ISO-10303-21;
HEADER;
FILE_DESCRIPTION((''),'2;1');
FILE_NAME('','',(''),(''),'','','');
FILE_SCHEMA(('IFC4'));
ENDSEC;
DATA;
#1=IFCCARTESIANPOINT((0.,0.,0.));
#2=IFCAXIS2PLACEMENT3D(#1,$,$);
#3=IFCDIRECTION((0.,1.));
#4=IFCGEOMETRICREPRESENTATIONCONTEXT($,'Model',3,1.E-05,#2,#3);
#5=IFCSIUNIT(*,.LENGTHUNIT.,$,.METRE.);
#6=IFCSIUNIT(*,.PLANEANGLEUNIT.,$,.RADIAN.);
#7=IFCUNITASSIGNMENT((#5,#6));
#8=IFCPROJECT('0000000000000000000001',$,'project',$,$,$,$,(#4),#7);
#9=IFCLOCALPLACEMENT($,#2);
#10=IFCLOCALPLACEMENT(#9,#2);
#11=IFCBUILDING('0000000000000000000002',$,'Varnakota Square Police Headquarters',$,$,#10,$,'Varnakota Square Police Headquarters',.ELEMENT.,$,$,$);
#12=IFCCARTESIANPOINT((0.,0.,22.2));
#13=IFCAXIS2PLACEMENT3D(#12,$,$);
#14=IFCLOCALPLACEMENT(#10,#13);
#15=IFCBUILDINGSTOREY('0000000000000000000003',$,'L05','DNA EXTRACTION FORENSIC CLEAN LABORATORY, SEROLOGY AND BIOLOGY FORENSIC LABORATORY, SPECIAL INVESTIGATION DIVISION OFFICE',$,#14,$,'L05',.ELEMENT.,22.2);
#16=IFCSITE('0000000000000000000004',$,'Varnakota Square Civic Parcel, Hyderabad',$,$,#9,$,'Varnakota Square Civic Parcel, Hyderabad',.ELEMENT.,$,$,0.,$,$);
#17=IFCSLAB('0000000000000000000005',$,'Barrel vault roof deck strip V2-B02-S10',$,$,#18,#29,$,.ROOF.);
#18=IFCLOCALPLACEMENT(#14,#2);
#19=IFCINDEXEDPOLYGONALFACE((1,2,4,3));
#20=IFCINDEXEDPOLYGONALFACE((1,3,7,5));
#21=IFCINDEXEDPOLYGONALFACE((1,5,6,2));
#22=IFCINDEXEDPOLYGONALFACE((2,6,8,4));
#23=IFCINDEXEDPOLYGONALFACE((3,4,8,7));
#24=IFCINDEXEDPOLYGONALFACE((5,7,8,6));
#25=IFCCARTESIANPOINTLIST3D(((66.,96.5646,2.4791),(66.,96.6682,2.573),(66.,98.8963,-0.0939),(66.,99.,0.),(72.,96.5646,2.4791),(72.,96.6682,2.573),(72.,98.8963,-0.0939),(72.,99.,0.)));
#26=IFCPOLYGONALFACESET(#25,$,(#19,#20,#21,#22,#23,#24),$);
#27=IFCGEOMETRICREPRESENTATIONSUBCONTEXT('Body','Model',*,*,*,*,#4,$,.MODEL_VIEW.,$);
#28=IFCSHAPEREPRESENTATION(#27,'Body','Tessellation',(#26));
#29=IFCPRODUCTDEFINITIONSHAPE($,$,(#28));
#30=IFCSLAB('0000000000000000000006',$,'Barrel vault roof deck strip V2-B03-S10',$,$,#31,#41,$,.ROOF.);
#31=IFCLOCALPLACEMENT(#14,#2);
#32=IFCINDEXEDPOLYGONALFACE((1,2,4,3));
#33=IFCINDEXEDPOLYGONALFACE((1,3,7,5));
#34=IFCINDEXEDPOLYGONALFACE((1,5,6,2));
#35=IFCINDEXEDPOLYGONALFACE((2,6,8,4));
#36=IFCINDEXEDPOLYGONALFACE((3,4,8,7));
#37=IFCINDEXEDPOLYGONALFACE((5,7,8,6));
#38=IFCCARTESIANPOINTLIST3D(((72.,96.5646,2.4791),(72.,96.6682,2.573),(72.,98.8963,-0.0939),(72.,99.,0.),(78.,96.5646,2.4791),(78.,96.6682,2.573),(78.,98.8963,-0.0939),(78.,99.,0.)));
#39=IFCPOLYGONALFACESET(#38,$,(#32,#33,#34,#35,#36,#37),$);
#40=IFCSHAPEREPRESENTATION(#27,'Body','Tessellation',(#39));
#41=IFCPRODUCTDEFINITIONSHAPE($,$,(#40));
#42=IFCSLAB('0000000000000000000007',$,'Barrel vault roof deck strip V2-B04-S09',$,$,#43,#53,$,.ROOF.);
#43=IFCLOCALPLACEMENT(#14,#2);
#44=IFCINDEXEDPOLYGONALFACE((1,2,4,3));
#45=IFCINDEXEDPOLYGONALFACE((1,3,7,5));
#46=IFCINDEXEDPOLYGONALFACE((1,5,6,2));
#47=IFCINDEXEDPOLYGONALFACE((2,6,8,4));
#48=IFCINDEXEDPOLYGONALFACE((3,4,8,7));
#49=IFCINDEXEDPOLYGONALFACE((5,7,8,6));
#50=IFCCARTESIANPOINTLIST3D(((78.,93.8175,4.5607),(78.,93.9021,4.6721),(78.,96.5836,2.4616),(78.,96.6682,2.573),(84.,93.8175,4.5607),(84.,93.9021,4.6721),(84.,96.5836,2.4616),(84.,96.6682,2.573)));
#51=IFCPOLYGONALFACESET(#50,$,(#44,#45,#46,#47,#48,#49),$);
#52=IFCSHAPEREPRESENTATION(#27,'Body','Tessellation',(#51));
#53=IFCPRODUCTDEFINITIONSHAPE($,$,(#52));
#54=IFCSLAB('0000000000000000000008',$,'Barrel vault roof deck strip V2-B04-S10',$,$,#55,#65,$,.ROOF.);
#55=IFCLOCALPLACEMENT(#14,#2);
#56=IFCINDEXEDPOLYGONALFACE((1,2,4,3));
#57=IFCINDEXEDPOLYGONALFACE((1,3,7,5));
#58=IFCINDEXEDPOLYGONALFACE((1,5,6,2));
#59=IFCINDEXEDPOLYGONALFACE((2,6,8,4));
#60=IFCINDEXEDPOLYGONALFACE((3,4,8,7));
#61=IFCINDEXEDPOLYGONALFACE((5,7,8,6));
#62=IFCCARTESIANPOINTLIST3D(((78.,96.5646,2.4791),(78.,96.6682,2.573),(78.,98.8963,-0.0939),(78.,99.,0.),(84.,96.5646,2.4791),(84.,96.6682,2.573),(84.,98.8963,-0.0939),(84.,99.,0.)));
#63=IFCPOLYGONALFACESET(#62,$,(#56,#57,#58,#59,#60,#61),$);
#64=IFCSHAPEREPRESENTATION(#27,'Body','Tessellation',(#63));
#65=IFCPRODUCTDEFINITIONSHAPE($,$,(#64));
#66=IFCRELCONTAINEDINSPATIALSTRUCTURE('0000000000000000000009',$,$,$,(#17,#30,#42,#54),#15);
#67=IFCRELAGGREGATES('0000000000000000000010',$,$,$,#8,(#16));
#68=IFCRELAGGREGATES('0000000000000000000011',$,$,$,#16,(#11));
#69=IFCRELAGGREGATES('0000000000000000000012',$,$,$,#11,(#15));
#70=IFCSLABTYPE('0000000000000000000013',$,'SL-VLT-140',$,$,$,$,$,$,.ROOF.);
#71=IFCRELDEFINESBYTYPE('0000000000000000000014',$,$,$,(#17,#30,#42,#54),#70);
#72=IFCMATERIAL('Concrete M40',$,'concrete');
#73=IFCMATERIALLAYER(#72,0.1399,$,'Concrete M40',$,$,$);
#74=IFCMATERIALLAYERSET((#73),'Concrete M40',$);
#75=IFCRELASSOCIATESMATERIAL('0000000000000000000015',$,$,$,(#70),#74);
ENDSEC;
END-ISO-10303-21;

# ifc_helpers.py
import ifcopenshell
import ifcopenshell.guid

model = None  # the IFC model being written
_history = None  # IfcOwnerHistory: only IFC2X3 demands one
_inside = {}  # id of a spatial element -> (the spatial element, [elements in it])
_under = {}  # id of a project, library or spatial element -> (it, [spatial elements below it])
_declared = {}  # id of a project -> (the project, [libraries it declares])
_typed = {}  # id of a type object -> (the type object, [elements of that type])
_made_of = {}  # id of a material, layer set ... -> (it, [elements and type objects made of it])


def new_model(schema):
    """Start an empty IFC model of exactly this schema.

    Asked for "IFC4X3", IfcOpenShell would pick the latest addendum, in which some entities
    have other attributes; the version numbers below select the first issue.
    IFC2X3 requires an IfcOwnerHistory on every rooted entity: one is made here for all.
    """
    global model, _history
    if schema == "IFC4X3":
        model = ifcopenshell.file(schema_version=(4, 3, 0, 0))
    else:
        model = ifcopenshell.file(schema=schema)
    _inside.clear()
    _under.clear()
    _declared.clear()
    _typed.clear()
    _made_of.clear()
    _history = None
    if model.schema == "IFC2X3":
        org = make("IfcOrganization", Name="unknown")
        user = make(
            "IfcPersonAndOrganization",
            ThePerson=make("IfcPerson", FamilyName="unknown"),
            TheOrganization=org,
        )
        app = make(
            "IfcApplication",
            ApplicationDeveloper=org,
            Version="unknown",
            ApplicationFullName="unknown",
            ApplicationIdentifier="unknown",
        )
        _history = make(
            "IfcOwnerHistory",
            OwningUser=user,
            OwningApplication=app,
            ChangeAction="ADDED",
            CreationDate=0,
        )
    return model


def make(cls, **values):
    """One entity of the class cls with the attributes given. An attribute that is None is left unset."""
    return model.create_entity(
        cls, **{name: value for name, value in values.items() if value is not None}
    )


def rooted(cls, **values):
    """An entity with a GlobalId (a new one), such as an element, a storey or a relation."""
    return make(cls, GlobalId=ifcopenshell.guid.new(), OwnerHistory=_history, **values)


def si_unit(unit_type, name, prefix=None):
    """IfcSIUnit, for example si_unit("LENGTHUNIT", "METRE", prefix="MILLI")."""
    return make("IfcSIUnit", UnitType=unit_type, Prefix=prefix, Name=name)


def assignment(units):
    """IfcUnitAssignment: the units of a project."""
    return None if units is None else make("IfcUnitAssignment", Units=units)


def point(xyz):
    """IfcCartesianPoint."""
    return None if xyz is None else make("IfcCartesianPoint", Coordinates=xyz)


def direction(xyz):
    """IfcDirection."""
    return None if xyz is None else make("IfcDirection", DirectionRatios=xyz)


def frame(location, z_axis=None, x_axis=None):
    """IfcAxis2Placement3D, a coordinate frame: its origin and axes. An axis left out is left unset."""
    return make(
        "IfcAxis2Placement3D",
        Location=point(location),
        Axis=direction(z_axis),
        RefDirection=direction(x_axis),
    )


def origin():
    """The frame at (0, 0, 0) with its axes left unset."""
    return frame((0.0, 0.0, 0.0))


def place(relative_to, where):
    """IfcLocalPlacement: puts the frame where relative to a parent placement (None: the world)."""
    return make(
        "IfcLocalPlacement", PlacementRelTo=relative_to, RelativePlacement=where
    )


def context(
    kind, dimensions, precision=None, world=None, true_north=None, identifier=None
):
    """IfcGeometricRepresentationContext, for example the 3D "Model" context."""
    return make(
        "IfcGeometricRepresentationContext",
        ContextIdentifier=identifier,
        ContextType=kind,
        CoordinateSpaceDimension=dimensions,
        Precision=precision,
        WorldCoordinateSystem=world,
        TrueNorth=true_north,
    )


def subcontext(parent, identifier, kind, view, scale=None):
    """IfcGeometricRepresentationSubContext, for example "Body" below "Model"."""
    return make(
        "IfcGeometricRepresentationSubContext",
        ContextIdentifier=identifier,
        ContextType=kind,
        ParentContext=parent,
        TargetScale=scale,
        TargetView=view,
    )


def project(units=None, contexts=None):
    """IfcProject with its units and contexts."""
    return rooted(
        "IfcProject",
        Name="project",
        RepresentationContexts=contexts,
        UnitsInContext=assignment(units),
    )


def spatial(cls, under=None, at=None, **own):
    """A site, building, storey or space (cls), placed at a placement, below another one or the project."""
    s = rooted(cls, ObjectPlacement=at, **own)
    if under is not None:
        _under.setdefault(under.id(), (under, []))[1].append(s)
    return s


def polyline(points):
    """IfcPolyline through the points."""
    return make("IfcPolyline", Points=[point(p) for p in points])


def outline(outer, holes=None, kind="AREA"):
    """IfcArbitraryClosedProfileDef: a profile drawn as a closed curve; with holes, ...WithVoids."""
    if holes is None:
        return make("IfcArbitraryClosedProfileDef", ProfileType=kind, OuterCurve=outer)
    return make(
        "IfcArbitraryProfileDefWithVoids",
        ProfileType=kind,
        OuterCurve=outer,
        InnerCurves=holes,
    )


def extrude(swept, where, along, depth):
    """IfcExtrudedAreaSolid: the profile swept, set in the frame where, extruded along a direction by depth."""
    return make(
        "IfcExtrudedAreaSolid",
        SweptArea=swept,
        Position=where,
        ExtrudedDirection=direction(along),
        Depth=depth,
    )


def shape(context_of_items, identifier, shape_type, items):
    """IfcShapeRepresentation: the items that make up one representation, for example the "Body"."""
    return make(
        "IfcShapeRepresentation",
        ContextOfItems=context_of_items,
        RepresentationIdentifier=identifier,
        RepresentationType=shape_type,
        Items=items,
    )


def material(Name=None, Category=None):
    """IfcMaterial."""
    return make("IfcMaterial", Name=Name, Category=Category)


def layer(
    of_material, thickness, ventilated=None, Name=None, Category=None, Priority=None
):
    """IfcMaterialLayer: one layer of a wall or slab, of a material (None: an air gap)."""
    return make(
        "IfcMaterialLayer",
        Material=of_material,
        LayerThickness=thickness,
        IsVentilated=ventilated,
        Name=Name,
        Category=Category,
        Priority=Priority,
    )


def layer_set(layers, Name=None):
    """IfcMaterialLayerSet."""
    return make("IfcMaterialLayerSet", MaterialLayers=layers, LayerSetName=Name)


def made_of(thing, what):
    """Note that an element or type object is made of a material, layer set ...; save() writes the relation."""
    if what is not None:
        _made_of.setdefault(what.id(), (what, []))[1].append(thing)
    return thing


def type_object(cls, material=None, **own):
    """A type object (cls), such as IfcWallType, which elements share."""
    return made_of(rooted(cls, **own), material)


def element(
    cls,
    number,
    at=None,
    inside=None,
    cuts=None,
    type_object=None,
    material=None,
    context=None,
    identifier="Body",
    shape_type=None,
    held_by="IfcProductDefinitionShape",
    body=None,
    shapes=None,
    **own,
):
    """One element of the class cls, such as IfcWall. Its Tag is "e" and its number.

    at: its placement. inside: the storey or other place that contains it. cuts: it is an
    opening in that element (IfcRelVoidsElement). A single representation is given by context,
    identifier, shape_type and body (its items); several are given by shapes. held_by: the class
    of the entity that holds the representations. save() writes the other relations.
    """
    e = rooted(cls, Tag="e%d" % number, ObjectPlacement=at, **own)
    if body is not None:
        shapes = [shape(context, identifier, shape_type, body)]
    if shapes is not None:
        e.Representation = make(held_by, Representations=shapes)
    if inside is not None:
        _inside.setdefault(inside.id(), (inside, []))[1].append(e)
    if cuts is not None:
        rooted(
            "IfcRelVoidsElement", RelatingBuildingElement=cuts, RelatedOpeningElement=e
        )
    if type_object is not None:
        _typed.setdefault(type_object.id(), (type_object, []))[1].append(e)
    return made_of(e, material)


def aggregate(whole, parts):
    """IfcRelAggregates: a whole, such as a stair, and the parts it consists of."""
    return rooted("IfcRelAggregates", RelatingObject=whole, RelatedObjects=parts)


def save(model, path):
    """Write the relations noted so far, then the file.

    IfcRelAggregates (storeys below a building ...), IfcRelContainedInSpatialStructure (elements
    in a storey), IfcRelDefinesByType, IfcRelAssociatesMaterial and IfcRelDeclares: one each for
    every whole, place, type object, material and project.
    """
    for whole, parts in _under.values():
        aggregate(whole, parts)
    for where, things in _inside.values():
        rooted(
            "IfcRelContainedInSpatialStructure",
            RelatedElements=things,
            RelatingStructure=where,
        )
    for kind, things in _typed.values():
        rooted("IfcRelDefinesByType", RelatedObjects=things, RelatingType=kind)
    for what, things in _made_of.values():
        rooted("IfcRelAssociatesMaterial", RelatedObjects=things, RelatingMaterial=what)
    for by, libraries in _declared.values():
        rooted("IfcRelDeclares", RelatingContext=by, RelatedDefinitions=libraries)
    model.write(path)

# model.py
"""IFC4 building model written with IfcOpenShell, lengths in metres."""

from ifc_helpers import new_model, si_unit, direction, frame, origin, place, context, subcontext, project, spatial, polyline, outline, extrude, material, layer, layer_set, type_object, element, save


model = new_model("IFC4")

# Units and contexts
model_context = context("Model", 3, precision=1e-05, world=origin(), true_north=direction((0.0, 1.0)))
body_context = subcontext(model_context, "Body", "Model", "MODEL_VIEW")
ifc_project = project(units=[si_unit("LENGTHUNIT", "METRE"), si_unit("PLANEANGLEUNIT", "RADIAN")], contexts=[model_context])

# Site, building, storey
site_placement = place(None, origin())
site = spatial("IfcSite", under=ifc_project, at=site_placement, Name="Varnakota Square Civic Parcel, Hyderabad", LongName="Varnakota Square Civic Parcel, Hyderabad", CompositionType="ELEMENT", RefElevation=0.0)
building_placement = place(site_placement, origin())
building = spatial("IfcBuilding", under=site, at=building_placement, Name="Varnakota Square Police Headquarters", LongName="Varnakota Square Police Headquarters", CompositionType="ELEMENT")
storey_placement = place(building_placement, frame((0.0, 0.0, 22.2)))
storey = spatial("IfcBuildingStorey", under=building, at=storey_placement, Name="L05", Description="DNA EXTRACTION FORENSIC CLEAN LABORATORY, SEROLOGY AND BIOLOGY FORENSIC LABORATORY, SPECIAL INVESTIGATION DIVISION OFFICE", LongName="L05", CompositionType="ELEMENT", Elevation=22.2)

# Slabs
ifc_material_1 = material(Name="Concrete M40", Category="concrete")
ifc_layer_1 = layer(ifc_material_1, 0.1399, Name="Concrete M40")
ifc_layer_set_1 = layer_set([ifc_layer_1], Name="Concrete M40")
slab_type = type_object("IfcSlabType", Name="SL-VLT-140", PredefinedType="ROOF", material=ifc_layer_set_1)
for number, where, z_axis, x_axis, name in (
    (1, (66.0, 96.6682, 2.573), (0.0, 0.740986, 0.671521), (1.0, 0.0, 0.0), "Barrel vault roof deck strip V2-B02-S10"),
    (2, (72.0, 96.6682, 2.573), (0.0, 0.740986, 0.671521), (1.0, 0.0, 0.0), "Barrel vault roof deck strip V2-B03-S10"),
):
    element("IfcSlab", number, at=place(storey_placement, frame(where, z_axis=z_axis, x_axis=x_axis)), inside=storey, type_object=slab_type, Name=name, PredefinedType="ROOF", context=body_context, shape_type="SweptSolid", body=[
        extrude(outline(polyline([(0.0, 0.0), (6.0, 0.0), (6.0, 3.4724), (0.0, 3.4724), (0.0, 0.0)])), origin(), (0.0, 0.0, -1.0), 0.1399),
    ])
slab_1_placement = place(storey_placement, frame((78.0, 93.9021, 4.6721), z_axis=(0.0, 0.604513, 0.796596), x_axis=(1.0, 0.0, 0.0)))
element("IfcSlab", 3, at=slab_1_placement, inside=storey, type_object=slab_type, Name="Barrel vault roof deck strip V2-B04-S09", PredefinedType="ROOF", context=body_context, shape_type="SweptSolid", body=[
    extrude(outline(polyline([(0.0, 0.0), (6.0, 0.0), (6.0, 3.4724), (0.0, 3.4724), (0.0, 0.0)])), origin(), (0.0, 0.0, -1.0), 0.1399),
])
slab_2_placement = place(storey_placement, frame((78.0, 96.6682, 2.573), z_axis=(0.0, 0.740986, 0.671521), x_axis=(1.0, 0.0, 0.0)))
element("IfcSlab", 4, at=slab_2_placement, inside=storey, type_object=slab_type, Name="Barrel vault roof deck strip V2-B04-S10", PredefinedType="ROOF", context=body_context, shape_type="SweptSolid", body=[
    extrude(outline(polyline([(0.0, 0.0), (6.0, 0.0), (6.0, 3.4724), (0.0, 3.4724), (0.0, 0.0)])), origin(), (0.0, 0.0, -1.0), 0.1399),
])

save(model, "model.ifc")
